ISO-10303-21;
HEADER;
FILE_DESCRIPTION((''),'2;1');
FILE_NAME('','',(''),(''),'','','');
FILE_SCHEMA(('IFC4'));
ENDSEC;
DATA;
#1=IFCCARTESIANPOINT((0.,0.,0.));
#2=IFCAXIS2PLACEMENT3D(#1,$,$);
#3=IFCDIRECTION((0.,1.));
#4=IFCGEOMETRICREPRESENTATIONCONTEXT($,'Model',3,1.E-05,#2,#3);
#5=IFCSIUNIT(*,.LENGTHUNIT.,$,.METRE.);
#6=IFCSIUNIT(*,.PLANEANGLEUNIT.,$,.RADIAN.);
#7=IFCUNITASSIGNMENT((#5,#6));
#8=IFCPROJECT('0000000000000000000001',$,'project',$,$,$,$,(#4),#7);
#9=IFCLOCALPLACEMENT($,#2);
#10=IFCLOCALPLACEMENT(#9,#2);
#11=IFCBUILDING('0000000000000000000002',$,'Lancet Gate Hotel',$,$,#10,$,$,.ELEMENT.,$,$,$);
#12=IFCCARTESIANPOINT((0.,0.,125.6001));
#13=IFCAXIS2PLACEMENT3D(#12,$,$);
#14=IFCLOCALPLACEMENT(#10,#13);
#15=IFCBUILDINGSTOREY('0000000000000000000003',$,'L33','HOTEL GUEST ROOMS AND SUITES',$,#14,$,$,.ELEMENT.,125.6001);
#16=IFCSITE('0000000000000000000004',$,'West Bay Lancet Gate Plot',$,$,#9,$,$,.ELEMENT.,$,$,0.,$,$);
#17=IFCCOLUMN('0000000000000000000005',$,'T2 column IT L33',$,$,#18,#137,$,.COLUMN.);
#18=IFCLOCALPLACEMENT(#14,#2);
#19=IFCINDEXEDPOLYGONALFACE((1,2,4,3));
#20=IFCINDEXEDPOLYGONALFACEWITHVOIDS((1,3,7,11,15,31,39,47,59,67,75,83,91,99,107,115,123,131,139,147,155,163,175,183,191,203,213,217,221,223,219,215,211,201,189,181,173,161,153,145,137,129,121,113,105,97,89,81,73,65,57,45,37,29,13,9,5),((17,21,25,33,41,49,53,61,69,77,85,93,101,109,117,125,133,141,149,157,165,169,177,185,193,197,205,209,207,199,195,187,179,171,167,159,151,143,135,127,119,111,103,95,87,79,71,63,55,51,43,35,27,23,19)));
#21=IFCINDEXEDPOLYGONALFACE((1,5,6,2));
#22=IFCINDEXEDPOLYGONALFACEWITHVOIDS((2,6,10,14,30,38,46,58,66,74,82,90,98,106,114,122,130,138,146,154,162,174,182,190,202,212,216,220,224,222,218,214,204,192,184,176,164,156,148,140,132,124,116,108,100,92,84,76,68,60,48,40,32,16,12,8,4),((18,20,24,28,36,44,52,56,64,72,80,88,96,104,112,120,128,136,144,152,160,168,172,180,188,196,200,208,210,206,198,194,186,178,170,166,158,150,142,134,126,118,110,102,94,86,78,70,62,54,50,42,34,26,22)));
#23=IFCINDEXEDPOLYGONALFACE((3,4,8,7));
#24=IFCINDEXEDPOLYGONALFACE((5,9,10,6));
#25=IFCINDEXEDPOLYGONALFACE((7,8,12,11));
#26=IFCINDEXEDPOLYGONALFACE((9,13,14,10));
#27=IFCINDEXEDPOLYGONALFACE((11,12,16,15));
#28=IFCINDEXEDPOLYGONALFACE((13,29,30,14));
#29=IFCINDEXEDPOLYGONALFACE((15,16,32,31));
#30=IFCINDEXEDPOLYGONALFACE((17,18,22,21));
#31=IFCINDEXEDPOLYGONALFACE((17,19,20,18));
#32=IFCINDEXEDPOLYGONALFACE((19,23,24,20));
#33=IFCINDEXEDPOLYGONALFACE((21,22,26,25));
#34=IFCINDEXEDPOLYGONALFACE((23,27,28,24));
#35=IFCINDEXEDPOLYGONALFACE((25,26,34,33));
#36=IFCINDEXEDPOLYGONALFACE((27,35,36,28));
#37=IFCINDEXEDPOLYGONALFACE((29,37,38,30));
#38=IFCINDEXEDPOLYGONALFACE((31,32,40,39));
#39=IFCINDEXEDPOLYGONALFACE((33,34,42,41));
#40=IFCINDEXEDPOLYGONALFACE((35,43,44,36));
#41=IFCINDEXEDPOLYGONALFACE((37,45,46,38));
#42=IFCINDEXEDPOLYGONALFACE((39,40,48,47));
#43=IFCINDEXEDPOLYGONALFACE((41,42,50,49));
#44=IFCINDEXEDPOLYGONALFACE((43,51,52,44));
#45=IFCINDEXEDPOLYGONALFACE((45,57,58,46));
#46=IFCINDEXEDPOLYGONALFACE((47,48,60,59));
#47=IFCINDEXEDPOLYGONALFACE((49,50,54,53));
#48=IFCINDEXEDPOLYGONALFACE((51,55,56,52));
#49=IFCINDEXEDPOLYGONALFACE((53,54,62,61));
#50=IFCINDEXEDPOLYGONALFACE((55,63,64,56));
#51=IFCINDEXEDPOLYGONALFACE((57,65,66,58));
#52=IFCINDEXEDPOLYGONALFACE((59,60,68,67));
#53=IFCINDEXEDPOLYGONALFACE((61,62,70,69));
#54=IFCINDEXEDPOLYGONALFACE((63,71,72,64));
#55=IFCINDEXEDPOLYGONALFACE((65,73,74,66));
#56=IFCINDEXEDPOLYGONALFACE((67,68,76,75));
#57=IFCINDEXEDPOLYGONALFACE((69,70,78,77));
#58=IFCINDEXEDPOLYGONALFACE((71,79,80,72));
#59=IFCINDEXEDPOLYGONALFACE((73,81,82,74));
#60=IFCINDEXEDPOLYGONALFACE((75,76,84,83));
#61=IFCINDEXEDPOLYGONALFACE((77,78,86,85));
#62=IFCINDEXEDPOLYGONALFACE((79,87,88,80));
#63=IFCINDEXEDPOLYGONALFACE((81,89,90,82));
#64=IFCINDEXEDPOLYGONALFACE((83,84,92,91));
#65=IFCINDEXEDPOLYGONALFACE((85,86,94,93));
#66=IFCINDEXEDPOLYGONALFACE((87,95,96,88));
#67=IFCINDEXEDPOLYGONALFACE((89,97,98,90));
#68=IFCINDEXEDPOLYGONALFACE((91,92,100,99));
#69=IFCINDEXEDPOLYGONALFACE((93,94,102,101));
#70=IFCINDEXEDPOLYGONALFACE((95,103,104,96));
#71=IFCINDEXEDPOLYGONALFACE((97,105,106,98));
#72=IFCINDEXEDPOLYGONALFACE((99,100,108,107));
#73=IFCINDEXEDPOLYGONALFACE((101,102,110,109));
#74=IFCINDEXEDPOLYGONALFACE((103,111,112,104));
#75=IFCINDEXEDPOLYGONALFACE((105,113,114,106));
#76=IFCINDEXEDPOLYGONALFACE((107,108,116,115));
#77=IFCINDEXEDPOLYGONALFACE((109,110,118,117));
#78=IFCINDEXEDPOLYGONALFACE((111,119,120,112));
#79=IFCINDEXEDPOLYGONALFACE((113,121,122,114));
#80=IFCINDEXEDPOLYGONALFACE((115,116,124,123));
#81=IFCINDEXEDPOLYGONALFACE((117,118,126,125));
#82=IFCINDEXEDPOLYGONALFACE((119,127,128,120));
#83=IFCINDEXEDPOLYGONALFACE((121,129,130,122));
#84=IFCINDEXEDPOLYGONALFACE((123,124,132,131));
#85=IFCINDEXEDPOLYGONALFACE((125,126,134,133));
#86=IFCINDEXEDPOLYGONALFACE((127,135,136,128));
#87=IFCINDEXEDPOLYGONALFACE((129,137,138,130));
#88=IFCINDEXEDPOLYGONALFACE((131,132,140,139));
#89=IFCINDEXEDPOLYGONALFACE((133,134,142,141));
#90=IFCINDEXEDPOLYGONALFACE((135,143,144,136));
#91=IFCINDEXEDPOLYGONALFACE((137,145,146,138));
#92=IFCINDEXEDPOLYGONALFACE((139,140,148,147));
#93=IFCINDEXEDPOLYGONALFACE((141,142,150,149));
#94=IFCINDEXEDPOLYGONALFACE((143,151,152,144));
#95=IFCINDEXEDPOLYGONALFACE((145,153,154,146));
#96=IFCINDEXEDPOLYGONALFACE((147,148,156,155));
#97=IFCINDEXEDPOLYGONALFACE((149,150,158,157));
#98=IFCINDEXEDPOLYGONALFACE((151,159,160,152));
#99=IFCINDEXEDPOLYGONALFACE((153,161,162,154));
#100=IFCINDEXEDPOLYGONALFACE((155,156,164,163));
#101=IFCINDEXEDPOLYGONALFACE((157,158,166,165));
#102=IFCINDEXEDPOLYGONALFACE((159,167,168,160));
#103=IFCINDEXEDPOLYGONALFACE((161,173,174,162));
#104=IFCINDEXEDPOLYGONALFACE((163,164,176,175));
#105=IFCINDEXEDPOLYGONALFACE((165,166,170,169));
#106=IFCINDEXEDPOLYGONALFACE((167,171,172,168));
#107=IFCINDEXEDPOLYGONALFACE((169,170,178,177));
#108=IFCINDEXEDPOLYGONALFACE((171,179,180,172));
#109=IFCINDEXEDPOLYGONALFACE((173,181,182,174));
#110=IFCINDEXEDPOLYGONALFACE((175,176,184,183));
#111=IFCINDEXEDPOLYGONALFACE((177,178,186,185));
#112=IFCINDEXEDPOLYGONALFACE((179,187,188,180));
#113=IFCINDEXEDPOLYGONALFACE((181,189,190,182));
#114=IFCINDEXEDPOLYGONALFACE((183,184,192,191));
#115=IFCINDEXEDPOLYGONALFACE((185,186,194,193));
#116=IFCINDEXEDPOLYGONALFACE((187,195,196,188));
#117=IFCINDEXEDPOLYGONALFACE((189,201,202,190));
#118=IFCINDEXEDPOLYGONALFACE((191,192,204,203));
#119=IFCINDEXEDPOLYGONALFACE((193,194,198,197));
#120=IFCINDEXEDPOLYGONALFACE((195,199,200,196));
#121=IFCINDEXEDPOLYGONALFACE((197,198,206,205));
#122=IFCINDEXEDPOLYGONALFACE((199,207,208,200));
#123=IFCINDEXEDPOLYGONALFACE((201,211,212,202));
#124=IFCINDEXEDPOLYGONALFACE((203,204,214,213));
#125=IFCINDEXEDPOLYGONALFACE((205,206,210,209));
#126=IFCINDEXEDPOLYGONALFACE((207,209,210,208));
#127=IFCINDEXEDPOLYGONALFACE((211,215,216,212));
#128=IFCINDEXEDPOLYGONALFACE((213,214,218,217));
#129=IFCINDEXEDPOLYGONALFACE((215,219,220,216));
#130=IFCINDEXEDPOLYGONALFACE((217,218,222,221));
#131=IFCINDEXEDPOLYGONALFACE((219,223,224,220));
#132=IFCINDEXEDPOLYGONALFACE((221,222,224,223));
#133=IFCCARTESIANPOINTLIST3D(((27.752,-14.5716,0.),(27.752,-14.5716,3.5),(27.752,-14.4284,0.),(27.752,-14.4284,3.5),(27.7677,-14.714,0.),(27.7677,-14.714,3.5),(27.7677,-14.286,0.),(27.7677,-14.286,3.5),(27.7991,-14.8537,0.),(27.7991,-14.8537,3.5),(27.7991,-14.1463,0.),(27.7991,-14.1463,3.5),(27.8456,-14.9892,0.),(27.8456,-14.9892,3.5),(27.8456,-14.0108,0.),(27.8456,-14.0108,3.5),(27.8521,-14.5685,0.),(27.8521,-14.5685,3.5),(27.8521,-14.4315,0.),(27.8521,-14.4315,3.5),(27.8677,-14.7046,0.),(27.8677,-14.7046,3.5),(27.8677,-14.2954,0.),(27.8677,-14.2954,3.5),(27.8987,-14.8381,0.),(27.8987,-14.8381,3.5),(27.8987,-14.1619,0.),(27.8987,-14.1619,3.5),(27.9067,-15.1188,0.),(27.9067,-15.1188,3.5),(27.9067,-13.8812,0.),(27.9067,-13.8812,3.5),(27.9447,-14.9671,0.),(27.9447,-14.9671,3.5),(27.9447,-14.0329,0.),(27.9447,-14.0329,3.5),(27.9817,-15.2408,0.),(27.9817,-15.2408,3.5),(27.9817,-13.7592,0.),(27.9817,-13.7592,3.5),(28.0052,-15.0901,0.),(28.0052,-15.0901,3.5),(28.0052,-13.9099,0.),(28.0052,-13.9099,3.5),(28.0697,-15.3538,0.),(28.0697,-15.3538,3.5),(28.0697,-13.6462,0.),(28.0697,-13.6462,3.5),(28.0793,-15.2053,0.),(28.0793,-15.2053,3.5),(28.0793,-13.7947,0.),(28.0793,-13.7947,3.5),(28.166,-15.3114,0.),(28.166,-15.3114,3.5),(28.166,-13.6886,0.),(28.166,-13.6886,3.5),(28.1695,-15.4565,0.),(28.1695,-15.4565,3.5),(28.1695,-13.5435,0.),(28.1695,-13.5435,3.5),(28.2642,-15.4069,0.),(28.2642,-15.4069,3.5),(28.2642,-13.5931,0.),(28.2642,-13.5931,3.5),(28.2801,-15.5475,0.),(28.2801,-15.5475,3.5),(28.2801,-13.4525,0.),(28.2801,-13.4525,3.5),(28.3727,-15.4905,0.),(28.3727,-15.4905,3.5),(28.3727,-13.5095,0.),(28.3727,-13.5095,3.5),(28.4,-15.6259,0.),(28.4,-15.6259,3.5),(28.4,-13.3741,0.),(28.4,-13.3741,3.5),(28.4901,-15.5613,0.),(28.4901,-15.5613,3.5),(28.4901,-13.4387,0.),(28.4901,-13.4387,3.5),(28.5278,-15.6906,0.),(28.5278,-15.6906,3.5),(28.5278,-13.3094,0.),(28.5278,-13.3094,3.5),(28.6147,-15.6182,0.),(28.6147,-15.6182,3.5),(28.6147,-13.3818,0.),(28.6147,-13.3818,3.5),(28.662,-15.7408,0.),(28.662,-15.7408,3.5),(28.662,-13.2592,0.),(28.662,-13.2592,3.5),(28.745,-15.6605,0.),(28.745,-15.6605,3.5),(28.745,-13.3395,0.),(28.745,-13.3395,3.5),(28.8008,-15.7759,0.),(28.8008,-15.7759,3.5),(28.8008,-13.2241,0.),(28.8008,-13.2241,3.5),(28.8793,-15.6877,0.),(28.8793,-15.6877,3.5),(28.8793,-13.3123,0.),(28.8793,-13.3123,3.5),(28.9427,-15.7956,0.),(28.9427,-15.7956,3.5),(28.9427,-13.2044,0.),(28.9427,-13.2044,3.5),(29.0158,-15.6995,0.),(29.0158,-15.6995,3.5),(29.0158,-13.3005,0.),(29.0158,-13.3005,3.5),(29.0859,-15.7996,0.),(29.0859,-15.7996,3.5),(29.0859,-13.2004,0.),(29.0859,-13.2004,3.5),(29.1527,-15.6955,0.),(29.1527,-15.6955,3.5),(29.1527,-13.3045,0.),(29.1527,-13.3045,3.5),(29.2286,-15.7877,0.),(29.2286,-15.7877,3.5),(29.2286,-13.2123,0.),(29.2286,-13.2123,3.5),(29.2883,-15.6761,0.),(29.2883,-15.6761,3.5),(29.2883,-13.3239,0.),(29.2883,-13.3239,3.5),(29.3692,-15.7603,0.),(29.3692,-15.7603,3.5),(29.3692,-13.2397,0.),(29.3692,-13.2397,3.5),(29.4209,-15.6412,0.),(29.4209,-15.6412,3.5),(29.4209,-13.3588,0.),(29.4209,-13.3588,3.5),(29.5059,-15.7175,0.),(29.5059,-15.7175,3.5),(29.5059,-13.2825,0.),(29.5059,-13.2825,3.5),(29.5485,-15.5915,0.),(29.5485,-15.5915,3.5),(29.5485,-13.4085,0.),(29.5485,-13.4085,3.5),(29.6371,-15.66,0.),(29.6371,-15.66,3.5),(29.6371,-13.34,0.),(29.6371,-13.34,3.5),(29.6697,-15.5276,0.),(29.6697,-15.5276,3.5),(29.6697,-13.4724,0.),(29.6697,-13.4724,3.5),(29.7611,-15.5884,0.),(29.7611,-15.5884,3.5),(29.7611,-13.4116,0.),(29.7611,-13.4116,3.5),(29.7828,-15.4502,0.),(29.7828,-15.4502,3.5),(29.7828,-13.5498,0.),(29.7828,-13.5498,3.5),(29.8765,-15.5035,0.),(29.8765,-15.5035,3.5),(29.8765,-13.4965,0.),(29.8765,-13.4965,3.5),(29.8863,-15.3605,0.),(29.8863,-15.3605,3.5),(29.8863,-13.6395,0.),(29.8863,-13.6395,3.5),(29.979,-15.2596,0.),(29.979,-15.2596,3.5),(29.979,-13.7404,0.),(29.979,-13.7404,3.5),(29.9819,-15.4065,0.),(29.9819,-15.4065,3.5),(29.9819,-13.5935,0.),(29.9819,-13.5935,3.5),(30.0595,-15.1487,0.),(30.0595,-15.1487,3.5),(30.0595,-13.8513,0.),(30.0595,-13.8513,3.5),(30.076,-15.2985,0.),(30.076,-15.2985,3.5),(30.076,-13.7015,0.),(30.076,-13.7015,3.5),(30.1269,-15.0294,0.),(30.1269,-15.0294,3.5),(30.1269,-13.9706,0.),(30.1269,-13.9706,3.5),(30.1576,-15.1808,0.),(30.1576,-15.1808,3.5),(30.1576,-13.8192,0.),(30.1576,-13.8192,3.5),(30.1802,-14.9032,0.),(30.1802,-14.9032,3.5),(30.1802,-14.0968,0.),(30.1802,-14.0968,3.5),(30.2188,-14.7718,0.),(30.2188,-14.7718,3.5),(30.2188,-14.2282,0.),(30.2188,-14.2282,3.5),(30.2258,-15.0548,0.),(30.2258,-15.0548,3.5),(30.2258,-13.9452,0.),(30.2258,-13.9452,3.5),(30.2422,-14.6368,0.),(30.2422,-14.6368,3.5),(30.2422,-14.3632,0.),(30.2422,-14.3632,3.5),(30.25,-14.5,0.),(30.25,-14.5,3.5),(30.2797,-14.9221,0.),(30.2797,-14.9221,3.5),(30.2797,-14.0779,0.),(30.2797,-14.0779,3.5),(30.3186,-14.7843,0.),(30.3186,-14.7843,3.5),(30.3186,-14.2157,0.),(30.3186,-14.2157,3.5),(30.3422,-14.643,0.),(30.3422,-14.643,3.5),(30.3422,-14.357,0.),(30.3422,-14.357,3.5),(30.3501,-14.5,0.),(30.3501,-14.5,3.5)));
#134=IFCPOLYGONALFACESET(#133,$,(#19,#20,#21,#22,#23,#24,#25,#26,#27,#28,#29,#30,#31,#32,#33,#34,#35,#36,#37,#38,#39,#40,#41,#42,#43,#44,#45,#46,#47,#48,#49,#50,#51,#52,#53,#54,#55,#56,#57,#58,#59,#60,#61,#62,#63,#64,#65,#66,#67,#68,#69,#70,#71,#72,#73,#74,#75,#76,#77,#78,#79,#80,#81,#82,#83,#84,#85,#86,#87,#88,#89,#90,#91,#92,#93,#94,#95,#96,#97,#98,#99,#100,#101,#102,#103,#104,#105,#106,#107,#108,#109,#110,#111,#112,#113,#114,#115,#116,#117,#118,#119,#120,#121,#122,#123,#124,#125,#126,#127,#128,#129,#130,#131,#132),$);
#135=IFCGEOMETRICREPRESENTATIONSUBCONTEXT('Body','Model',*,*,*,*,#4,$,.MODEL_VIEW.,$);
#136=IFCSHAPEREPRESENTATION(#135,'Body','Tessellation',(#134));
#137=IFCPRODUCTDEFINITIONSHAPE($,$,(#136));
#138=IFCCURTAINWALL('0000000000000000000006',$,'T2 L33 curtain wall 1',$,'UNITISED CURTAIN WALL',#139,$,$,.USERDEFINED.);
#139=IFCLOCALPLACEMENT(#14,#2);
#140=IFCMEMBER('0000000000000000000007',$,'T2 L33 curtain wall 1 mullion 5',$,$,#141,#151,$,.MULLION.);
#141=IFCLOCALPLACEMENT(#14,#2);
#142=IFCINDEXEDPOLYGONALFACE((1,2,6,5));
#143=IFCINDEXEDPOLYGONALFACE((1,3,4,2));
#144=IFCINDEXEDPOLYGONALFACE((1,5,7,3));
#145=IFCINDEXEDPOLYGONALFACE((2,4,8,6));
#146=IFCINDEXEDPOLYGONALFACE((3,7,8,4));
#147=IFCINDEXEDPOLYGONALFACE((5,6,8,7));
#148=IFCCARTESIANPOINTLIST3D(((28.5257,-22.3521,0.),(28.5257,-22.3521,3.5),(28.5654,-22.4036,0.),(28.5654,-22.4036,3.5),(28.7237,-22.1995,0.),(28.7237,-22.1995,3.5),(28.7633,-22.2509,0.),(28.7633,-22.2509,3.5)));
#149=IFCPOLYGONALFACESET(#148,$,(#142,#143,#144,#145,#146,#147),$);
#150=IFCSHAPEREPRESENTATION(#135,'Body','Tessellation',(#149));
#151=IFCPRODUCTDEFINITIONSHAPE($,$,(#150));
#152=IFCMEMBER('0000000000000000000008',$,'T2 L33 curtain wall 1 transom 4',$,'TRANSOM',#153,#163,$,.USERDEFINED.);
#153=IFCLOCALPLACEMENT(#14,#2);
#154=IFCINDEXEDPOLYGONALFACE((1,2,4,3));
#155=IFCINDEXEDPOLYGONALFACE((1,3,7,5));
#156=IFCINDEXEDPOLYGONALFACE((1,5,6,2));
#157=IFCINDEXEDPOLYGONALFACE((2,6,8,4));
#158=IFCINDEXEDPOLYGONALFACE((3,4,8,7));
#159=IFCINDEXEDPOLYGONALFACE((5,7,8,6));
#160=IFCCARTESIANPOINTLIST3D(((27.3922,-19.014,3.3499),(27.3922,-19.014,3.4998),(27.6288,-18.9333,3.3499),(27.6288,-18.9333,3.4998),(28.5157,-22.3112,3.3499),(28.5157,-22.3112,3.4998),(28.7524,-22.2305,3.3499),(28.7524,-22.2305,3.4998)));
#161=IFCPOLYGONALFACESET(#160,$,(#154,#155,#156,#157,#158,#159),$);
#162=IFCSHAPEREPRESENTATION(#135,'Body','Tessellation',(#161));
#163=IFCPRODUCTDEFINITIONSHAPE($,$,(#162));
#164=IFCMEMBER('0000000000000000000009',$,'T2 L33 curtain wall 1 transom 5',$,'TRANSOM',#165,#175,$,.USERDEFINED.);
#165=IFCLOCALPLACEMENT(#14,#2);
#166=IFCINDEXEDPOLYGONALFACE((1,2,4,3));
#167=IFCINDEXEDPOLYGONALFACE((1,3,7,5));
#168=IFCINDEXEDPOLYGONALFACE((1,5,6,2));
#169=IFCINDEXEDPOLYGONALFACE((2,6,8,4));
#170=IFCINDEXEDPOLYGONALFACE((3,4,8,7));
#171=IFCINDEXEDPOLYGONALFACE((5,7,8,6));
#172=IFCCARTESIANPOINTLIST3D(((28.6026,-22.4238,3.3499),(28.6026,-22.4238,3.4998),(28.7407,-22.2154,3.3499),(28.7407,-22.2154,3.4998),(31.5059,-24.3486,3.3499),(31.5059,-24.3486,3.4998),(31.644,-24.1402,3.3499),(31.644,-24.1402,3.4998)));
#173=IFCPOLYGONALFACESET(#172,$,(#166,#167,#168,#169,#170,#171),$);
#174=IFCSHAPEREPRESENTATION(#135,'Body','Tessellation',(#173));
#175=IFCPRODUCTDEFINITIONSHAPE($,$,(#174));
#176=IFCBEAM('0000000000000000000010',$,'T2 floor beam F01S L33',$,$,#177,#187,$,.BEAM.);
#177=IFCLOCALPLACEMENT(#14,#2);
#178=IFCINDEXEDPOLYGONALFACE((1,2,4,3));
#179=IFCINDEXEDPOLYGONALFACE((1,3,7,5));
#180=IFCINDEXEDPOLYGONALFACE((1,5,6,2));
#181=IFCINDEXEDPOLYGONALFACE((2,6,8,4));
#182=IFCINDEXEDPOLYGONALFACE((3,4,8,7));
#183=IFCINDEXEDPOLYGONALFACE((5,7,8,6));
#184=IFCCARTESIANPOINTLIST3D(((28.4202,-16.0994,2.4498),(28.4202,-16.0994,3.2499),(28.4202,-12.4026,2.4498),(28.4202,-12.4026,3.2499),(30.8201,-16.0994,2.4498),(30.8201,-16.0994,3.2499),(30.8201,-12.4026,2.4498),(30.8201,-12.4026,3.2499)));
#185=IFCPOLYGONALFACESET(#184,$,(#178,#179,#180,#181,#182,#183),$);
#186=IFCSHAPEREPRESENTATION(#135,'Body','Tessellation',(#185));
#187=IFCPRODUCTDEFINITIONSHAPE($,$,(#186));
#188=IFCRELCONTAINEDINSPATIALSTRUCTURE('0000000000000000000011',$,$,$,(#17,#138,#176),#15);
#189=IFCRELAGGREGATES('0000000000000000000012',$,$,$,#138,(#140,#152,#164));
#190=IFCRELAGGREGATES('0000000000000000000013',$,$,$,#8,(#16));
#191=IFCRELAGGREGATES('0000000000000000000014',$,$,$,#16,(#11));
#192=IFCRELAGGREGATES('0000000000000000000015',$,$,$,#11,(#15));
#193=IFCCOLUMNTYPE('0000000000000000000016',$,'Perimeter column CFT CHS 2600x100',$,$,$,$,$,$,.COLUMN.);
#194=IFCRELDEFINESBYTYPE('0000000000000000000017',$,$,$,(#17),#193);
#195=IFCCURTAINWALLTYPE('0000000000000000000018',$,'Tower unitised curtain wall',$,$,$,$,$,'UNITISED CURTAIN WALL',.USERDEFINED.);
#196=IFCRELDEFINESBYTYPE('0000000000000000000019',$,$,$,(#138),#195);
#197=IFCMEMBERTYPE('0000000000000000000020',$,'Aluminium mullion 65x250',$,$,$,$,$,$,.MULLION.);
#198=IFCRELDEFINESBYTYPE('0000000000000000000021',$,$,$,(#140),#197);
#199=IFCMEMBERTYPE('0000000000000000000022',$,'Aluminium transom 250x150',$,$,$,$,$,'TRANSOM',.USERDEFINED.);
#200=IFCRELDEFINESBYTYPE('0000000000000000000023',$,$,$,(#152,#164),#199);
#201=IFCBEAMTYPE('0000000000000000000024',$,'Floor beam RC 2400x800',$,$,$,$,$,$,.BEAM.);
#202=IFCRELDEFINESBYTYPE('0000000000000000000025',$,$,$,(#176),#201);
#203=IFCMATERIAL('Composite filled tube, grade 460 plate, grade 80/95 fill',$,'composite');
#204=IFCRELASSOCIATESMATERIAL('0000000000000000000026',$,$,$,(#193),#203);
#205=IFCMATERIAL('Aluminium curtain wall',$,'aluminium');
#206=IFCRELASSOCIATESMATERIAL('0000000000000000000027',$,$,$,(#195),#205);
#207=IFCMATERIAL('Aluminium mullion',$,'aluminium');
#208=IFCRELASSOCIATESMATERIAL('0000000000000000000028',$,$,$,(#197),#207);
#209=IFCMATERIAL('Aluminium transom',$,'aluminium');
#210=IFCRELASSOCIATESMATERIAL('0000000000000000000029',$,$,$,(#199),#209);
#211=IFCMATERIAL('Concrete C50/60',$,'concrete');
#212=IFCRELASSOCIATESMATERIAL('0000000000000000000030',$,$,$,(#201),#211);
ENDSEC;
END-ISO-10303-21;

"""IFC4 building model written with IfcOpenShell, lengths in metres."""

from ifc_helpers import new_model, si_unit, direction, frame, origin, origin_2d, place, context, subcontext, project, spatial, rectangle, hollow_circle, extrude, material, material_profile, profile_set, type_object, element, aggregate, save


model = new_model("IFC4")

# Units and contexts
model_context = context("Model", 3, precision=1e-05, world=origin(), true_north=direction((0.0, 1.0)))
body_context = subcontext(model_context, "Body", "Model", "MODEL_VIEW")
ifc_project = project(units=[si_unit("LENGTHUNIT", "METRE"), si_unit("PLANEANGLEUNIT", "RADIAN")], contexts=[model_context])

# Site, building, storey
site_placement = place(None, origin())
site = spatial("IfcSite", under=ifc_project, at=site_placement, Name="West Bay Lancet Gate Plot", CompositionType="ELEMENT", RefElevation=0.0)
building_placement = place(site_placement, origin())
building = spatial("IfcBuilding", under=site, at=building_placement, Name="Lancet Gate Hotel", CompositionType="ELEMENT")
storey_placement = place(building_placement, frame((0.0, 0.0, 125.6001)))
storey = spatial("IfcBuildingStorey", under=building, at=storey_placement, Name="L33", Description="HOTEL GUEST ROOMS AND SUITES", CompositionType="ELEMENT", Elevation=125.6001)

# Column
ifc_material_1 = material(Name="Composite filled tube, grade 460 plate, grade 80/95 fill", Category="composite")
ifc_material_profile_1 = material_profile(ifc_material_1, hollow_circle(Radius=1.3, WallThickness=0.1001, at=origin_2d()), Name="CHS 2600x100")
ifc_profile_set_1 = profile_set([ifc_material_profile_1], Name="Composite filled tube, grade 460 plate, grade 80/95 fill")
column_type = type_object("IfcColumnType", Name="Perimeter column CFT CHS 2600x100", PredefinedType="COLUMN", material=ifc_profile_set_1)
for number, where, z_axis, x_axis, name in (
    (1, (29.05, -14.5, 0.0), (0.0, 0.0, 1.0), (1.0, 0.0, 0.0), "T2 column IT L33"),
):
    element("IfcColumn", number, at=place(storey_placement, frame(where, z_axis=z_axis, x_axis=x_axis)), inside=storey, type_object=column_type, Name=name, PredefinedType="COLUMN", context=body_context, shape_type="SweptSolid", body=[
        extrude(hollow_circle(Radius=1.3, WallThickness=0.1001, at=origin_2d()), origin(), (0.0, 0.0, 1.0), 3.5),
    ])

# Curtain wall, members
ifc_material_2 = material(Name="Aluminium curtain wall", Category="aluminium")
curtain_wall_type = type_object("IfcCurtainWallType", Name="Tower unitised curtain wall", ElementType="UNITISED CURTAIN WALL", PredefinedType="USERDEFINED", material=ifc_material_2)
curtain_wall_placement = place(storey_placement, origin())
curtain_wall = element("IfcCurtainWall", 2, at=curtain_wall_placement, inside=storey, type_object=curtain_wall_type, Name="T2 L33 curtain wall 1", ObjectType="UNITISED CURTAIN WALL", PredefinedType="USERDEFINED")
ifc_material_3 = material(Name="Aluminium mullion", Category="aluminium")
ifc_material_profile_2 = material_profile(ifc_material_3, rectangle(XDim=0.0649, YDim=0.25, at=origin_2d()), Name="MULLION 65x250")
ifc_profile_set_2 = profile_set([ifc_material_profile_2], Name="Aluminium mullion")
member_type_1 = type_object("IfcMemberType", Name="Aluminium mullion 65x250", PredefinedType="MULLION", material=ifc_profile_set_2)
member_1_placement = place(storey_placement, frame((28.6445, -22.3015, 0.0), z_axis=(0.0, 0.0, 1.0), x_axis=(0.610664, -0.79189, 0.0)))
member_1 = element("IfcMember", 3, at=member_1_placement, type_object=member_type_1, Name="T2 L33 curtain wall 1 mullion 5", PredefinedType="MULLION", context=body_context, shape_type="SweptSolid", body=[
    extrude(rectangle(XDim=0.0649, YDim=0.25, at=origin_2d()), origin(), (0.0, 0.0, 1.0), 3.5),
])
ifc_material_4 = material(Name="Aluminium transom", Category="aluminium")
ifc_material_profile_3 = material_profile(ifc_material_4, rectangle(XDim=0.25, YDim=0.1499, at=origin_2d()), Name="TRANSOM 250x150")
ifc_profile_set_3 = profile_set([ifc_material_profile_3], Name="Aluminium transom")
member_type_2 = type_object("IfcMemberType", Name="Aluminium transom 250x150", ElementType="TRANSOM", PredefinedType="USERDEFINED", material=ifc_profile_set_3)
member_2_placement = place(storey_placement, frame((27.5105, -18.9736, 3.4248), z_axis=(0.32255, -0.946553, 0.0), x_axis=(0.946553, 0.32255, 0.0)))
member_2 = element("IfcMember", 4, at=member_2_placement, type_object=member_type_2, Name="T2 L33 curtain wall 1 transom 4", ObjectType="TRANSOM", PredefinedType="USERDEFINED", context=body_context, shape_type="SweptSolid", body=[
    extrude(rectangle(XDim=0.25, YDim=0.1499, at=origin_2d()), origin(), (0.0, 0.0, 1.0), 3.4834),
])
member_3_placement = place(storey_placement, frame((28.6716, -22.3196, 3.4248), z_axis=(0.833471, -0.552563, 0.0), x_axis=(0.552563, 0.833471, 0.0)))
member_3 = element("IfcMember", 5, at=member_3_placement, type_object=member_type_2, Name="T2 L33 curtain wall 1 transom 5", ObjectType="TRANSOM", PredefinedType="USERDEFINED", context=body_context, shape_type="SweptSolid", body=[
    extrude(rectangle(XDim=0.25, YDim=0.1499, at=origin_2d()), origin(), (0.0, 0.0, 1.0), 3.4834),
])

# Beam
ifc_material_5 = material(Name="Concrete C50/60", Category="concrete")
ifc_material_profile_4 = material_profile(ifc_material_5, rectangle(XDim=2.3999, YDim=0.8, at=origin_2d()), Name="RC 2400x800")
ifc_profile_set_4 = profile_set([ifc_material_profile_4], Name="Concrete C50/60")
beam_type_1 = type_object("IfcBeamType", Name="Floor beam RC 2400x800", PredefinedType="BEAM", material=ifc_profile_set_4)
beam_1_placement = place(storey_placement, frame((29.6201, -16.0994, 2.8499), z_axis=(0.0, 1.0, 0.0), x_axis=(-1.0, 0.0, 0.0)))
element("IfcBeam", 6, at=beam_1_placement, inside=storey, type_object=beam_type_1, Name="T2 floor beam F01S L33", PredefinedType="BEAM", context=body_context, shape_type="SweptSolid", body=[
    extrude(rectangle(XDim=2.3999, YDim=0.8, at=origin_2d()), origin(), (0.0, 0.0, 1.0), 3.6968),
])

aggregate(curtain_wall, [member_1, member_2, member_3])

save(model, "model.ifc")
